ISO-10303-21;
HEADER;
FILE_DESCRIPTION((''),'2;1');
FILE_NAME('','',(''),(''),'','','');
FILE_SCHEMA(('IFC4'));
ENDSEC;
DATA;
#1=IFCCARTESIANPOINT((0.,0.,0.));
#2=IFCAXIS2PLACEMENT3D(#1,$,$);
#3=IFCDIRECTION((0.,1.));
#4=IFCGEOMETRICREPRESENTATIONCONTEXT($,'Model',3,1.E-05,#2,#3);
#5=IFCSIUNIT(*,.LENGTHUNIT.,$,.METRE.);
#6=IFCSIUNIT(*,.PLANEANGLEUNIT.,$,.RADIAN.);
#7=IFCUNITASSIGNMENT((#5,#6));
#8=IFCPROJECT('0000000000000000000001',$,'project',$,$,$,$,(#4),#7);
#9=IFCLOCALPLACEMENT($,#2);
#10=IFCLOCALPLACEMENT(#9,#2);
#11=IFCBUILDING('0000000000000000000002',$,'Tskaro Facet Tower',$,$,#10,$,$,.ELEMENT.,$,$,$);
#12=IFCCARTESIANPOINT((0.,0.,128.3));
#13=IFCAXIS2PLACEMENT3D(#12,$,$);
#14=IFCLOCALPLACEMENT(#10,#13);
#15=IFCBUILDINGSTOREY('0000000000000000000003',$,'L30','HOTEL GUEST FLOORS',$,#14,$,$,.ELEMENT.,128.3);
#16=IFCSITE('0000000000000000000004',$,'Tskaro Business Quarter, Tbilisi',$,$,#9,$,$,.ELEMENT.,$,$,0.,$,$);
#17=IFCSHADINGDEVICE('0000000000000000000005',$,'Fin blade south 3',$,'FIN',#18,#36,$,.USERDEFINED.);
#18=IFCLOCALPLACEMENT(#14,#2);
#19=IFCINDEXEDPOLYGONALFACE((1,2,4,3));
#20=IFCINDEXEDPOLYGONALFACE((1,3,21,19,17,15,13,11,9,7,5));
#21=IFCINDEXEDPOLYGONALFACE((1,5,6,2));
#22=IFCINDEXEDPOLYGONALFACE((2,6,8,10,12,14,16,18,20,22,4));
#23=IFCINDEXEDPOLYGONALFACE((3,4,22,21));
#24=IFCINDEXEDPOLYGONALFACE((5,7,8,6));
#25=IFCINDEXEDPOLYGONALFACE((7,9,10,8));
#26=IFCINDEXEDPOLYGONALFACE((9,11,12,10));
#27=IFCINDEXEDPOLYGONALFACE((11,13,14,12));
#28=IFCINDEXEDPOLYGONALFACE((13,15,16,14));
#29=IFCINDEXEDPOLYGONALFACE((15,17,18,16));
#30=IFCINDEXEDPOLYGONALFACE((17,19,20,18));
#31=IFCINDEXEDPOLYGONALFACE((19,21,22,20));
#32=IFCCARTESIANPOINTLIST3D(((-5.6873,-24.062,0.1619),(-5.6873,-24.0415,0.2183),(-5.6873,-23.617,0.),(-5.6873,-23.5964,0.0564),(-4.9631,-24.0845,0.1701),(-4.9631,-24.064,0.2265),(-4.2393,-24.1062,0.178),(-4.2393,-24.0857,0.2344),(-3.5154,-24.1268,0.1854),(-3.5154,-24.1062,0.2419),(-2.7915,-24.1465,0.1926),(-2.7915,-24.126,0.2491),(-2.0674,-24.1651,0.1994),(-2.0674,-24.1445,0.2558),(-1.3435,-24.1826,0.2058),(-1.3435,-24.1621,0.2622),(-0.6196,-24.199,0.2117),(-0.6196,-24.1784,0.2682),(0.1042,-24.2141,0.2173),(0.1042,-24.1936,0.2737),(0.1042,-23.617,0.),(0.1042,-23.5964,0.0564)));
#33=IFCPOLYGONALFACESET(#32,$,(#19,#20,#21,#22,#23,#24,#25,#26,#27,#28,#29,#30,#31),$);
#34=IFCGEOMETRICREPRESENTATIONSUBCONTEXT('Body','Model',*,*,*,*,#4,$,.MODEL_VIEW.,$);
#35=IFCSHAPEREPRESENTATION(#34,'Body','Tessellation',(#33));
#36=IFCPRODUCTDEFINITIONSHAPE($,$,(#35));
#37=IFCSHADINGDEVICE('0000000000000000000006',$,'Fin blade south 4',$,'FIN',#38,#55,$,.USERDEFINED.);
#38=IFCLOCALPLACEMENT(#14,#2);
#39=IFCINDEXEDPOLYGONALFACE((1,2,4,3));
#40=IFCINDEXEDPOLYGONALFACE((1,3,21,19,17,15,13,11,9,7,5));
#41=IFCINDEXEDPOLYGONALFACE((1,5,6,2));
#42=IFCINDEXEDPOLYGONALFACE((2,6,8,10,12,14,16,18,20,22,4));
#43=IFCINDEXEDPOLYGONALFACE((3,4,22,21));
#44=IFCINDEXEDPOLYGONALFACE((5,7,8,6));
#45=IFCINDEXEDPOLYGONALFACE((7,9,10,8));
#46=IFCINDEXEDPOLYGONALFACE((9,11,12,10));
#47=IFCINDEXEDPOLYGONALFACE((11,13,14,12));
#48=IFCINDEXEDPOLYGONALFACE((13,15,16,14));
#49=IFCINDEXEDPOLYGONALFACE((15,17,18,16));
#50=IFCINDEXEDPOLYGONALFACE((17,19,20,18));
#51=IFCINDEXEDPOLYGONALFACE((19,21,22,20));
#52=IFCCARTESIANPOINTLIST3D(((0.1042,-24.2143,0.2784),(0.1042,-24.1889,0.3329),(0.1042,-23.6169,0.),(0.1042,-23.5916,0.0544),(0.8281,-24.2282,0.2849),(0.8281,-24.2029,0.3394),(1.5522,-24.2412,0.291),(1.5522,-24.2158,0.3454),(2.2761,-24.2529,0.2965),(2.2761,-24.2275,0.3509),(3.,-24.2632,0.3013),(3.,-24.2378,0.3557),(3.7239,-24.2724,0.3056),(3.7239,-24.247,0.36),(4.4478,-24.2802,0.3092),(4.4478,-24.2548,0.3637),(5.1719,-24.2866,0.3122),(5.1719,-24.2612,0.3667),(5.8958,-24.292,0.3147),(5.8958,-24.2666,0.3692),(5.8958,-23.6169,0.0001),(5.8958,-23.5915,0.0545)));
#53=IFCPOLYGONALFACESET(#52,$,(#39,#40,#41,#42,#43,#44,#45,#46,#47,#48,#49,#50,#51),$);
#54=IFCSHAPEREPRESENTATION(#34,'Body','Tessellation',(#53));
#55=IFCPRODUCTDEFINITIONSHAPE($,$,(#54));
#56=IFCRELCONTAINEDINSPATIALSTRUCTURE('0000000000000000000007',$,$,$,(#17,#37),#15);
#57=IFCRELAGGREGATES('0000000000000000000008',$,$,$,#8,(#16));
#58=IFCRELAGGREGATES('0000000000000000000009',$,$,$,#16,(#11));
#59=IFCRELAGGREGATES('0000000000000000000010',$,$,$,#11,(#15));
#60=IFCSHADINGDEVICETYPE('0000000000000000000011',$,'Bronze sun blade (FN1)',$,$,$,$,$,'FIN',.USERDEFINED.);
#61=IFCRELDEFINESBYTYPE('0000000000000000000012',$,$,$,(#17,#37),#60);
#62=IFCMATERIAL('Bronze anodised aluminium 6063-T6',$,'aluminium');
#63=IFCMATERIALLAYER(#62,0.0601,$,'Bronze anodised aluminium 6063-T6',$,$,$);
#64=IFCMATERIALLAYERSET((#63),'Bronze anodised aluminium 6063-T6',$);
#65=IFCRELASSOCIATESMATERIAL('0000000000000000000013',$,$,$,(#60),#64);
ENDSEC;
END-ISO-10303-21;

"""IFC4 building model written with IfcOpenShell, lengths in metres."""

from ifc_helpers import new_model, si_unit, direction, frame, origin, place, context, subcontext, project, spatial, polyline, outline, extrude, material, layer, layer_set, type_object, element, save


model = new_model("IFC4")

# Units and contexts
model_context = context("Model", 3, precision=1e-05, world=origin(), true_north=direction((0.0, 1.0)))
body_context = subcontext(model_context, "Body", "Model", "MODEL_VIEW")
ifc_project = project(units=[si_unit("LENGTHUNIT", "METRE"), si_unit("PLANEANGLEUNIT", "RADIAN")], contexts=[model_context])

# Site, building, storey
site_placement = place(None, origin())
site = spatial("IfcSite", under=ifc_project, at=site_placement, Name="Tskaro Business Quarter, Tbilisi", CompositionType="ELEMENT", RefElevation=0.0)
building_placement = place(site_placement, origin())
building = spatial("IfcBuilding", under=site, at=building_placement, Name="Tskaro Facet Tower", CompositionType="ELEMENT")
storey_placement = place(building_placement, frame((0.0, 0.0, 128.3)))
storey = spatial("IfcBuildingStorey", under=building, at=storey_placement, Name="L30", Description="HOTEL GUEST FLOORS", CompositionType="ELEMENT", Elevation=128.3)

# Shared definitions
ifc_material_1 = material(Name="Bronze anodised aluminium 6063-T6", Category="aluminium")

# Shading devices
ifc_layer_1 = layer(ifc_material_1, 0.0601, Name="Bronze anodised aluminium 6063-T6")
ifc_layer_set_1 = layer_set([ifc_layer_1], Name="Bronze anodised aluminium 6063-T6")
shading_device_type = type_object("IfcShadingDeviceType", Name="Bronze sun blade (FN1)", ElementType="FIN", PredefinedType="USERDEFINED", material=ifc_layer_set_1)
shading_device_1_placement = place(storey_placement, frame((-5.6873, -23.5964, 0.0564), z_axis=(-0.000006, 0.341907, 0.939734), x_axis=(1.0, 0.000002, 0.000005)))
element("IfcShadingDevice", 1, at=shading_device_1_placement, inside=storey, type_object=shading_device_type, Name="Fin blade south 3", ObjectType="FIN", PredefinedType="USERDEFINED", context=body_context, shape_type="SweptSolid", body=[
    extrude(outline(polyline([(0.0, 0.0), (5.7915, 0.0), (5.7915, -0.6355), (5.0676, -0.6193), (4.3437, -0.602), (3.6199, -0.5833), (2.8958, -0.5635), (2.1719, -0.5425), (1.448, -0.5206), (0.7241, -0.4975), (0.0, -0.4736), (0.0, 0.0)])), origin(), (0.0, 0.0, -1.0), 0.0601),
])
shading_device_2_placement = place(storey_placement, frame((0.1042, -23.5916, 0.0544), z_axis=(-0.000015, 0.422448, 0.906387), x_axis=(1.0, 0.000006, 0.000013)))
element("IfcShadingDevice", 2, at=shading_device_2_placement, inside=storey, type_object=shading_device_type, Name="Fin blade south 4", ObjectType="FIN", PredefinedType="USERDEFINED", context=body_context, shape_type="SweptSolid", body=[
    extrude(outline(polyline([(0.0, 0.0), (5.7915, 0.0), (5.7915, -0.7448), (5.0676, -0.7389), (4.3435, -0.7318), (3.6196, -0.7232), (2.8958, -0.713), (2.1719, -0.7017), (1.448, -0.6888), (0.7239, -0.6745), (0.0, -0.6591), (0.0, 0.0)])), origin(), (0.0, 0.0, -1.0), 0.0601),
])

save(model, "model.ifc")
